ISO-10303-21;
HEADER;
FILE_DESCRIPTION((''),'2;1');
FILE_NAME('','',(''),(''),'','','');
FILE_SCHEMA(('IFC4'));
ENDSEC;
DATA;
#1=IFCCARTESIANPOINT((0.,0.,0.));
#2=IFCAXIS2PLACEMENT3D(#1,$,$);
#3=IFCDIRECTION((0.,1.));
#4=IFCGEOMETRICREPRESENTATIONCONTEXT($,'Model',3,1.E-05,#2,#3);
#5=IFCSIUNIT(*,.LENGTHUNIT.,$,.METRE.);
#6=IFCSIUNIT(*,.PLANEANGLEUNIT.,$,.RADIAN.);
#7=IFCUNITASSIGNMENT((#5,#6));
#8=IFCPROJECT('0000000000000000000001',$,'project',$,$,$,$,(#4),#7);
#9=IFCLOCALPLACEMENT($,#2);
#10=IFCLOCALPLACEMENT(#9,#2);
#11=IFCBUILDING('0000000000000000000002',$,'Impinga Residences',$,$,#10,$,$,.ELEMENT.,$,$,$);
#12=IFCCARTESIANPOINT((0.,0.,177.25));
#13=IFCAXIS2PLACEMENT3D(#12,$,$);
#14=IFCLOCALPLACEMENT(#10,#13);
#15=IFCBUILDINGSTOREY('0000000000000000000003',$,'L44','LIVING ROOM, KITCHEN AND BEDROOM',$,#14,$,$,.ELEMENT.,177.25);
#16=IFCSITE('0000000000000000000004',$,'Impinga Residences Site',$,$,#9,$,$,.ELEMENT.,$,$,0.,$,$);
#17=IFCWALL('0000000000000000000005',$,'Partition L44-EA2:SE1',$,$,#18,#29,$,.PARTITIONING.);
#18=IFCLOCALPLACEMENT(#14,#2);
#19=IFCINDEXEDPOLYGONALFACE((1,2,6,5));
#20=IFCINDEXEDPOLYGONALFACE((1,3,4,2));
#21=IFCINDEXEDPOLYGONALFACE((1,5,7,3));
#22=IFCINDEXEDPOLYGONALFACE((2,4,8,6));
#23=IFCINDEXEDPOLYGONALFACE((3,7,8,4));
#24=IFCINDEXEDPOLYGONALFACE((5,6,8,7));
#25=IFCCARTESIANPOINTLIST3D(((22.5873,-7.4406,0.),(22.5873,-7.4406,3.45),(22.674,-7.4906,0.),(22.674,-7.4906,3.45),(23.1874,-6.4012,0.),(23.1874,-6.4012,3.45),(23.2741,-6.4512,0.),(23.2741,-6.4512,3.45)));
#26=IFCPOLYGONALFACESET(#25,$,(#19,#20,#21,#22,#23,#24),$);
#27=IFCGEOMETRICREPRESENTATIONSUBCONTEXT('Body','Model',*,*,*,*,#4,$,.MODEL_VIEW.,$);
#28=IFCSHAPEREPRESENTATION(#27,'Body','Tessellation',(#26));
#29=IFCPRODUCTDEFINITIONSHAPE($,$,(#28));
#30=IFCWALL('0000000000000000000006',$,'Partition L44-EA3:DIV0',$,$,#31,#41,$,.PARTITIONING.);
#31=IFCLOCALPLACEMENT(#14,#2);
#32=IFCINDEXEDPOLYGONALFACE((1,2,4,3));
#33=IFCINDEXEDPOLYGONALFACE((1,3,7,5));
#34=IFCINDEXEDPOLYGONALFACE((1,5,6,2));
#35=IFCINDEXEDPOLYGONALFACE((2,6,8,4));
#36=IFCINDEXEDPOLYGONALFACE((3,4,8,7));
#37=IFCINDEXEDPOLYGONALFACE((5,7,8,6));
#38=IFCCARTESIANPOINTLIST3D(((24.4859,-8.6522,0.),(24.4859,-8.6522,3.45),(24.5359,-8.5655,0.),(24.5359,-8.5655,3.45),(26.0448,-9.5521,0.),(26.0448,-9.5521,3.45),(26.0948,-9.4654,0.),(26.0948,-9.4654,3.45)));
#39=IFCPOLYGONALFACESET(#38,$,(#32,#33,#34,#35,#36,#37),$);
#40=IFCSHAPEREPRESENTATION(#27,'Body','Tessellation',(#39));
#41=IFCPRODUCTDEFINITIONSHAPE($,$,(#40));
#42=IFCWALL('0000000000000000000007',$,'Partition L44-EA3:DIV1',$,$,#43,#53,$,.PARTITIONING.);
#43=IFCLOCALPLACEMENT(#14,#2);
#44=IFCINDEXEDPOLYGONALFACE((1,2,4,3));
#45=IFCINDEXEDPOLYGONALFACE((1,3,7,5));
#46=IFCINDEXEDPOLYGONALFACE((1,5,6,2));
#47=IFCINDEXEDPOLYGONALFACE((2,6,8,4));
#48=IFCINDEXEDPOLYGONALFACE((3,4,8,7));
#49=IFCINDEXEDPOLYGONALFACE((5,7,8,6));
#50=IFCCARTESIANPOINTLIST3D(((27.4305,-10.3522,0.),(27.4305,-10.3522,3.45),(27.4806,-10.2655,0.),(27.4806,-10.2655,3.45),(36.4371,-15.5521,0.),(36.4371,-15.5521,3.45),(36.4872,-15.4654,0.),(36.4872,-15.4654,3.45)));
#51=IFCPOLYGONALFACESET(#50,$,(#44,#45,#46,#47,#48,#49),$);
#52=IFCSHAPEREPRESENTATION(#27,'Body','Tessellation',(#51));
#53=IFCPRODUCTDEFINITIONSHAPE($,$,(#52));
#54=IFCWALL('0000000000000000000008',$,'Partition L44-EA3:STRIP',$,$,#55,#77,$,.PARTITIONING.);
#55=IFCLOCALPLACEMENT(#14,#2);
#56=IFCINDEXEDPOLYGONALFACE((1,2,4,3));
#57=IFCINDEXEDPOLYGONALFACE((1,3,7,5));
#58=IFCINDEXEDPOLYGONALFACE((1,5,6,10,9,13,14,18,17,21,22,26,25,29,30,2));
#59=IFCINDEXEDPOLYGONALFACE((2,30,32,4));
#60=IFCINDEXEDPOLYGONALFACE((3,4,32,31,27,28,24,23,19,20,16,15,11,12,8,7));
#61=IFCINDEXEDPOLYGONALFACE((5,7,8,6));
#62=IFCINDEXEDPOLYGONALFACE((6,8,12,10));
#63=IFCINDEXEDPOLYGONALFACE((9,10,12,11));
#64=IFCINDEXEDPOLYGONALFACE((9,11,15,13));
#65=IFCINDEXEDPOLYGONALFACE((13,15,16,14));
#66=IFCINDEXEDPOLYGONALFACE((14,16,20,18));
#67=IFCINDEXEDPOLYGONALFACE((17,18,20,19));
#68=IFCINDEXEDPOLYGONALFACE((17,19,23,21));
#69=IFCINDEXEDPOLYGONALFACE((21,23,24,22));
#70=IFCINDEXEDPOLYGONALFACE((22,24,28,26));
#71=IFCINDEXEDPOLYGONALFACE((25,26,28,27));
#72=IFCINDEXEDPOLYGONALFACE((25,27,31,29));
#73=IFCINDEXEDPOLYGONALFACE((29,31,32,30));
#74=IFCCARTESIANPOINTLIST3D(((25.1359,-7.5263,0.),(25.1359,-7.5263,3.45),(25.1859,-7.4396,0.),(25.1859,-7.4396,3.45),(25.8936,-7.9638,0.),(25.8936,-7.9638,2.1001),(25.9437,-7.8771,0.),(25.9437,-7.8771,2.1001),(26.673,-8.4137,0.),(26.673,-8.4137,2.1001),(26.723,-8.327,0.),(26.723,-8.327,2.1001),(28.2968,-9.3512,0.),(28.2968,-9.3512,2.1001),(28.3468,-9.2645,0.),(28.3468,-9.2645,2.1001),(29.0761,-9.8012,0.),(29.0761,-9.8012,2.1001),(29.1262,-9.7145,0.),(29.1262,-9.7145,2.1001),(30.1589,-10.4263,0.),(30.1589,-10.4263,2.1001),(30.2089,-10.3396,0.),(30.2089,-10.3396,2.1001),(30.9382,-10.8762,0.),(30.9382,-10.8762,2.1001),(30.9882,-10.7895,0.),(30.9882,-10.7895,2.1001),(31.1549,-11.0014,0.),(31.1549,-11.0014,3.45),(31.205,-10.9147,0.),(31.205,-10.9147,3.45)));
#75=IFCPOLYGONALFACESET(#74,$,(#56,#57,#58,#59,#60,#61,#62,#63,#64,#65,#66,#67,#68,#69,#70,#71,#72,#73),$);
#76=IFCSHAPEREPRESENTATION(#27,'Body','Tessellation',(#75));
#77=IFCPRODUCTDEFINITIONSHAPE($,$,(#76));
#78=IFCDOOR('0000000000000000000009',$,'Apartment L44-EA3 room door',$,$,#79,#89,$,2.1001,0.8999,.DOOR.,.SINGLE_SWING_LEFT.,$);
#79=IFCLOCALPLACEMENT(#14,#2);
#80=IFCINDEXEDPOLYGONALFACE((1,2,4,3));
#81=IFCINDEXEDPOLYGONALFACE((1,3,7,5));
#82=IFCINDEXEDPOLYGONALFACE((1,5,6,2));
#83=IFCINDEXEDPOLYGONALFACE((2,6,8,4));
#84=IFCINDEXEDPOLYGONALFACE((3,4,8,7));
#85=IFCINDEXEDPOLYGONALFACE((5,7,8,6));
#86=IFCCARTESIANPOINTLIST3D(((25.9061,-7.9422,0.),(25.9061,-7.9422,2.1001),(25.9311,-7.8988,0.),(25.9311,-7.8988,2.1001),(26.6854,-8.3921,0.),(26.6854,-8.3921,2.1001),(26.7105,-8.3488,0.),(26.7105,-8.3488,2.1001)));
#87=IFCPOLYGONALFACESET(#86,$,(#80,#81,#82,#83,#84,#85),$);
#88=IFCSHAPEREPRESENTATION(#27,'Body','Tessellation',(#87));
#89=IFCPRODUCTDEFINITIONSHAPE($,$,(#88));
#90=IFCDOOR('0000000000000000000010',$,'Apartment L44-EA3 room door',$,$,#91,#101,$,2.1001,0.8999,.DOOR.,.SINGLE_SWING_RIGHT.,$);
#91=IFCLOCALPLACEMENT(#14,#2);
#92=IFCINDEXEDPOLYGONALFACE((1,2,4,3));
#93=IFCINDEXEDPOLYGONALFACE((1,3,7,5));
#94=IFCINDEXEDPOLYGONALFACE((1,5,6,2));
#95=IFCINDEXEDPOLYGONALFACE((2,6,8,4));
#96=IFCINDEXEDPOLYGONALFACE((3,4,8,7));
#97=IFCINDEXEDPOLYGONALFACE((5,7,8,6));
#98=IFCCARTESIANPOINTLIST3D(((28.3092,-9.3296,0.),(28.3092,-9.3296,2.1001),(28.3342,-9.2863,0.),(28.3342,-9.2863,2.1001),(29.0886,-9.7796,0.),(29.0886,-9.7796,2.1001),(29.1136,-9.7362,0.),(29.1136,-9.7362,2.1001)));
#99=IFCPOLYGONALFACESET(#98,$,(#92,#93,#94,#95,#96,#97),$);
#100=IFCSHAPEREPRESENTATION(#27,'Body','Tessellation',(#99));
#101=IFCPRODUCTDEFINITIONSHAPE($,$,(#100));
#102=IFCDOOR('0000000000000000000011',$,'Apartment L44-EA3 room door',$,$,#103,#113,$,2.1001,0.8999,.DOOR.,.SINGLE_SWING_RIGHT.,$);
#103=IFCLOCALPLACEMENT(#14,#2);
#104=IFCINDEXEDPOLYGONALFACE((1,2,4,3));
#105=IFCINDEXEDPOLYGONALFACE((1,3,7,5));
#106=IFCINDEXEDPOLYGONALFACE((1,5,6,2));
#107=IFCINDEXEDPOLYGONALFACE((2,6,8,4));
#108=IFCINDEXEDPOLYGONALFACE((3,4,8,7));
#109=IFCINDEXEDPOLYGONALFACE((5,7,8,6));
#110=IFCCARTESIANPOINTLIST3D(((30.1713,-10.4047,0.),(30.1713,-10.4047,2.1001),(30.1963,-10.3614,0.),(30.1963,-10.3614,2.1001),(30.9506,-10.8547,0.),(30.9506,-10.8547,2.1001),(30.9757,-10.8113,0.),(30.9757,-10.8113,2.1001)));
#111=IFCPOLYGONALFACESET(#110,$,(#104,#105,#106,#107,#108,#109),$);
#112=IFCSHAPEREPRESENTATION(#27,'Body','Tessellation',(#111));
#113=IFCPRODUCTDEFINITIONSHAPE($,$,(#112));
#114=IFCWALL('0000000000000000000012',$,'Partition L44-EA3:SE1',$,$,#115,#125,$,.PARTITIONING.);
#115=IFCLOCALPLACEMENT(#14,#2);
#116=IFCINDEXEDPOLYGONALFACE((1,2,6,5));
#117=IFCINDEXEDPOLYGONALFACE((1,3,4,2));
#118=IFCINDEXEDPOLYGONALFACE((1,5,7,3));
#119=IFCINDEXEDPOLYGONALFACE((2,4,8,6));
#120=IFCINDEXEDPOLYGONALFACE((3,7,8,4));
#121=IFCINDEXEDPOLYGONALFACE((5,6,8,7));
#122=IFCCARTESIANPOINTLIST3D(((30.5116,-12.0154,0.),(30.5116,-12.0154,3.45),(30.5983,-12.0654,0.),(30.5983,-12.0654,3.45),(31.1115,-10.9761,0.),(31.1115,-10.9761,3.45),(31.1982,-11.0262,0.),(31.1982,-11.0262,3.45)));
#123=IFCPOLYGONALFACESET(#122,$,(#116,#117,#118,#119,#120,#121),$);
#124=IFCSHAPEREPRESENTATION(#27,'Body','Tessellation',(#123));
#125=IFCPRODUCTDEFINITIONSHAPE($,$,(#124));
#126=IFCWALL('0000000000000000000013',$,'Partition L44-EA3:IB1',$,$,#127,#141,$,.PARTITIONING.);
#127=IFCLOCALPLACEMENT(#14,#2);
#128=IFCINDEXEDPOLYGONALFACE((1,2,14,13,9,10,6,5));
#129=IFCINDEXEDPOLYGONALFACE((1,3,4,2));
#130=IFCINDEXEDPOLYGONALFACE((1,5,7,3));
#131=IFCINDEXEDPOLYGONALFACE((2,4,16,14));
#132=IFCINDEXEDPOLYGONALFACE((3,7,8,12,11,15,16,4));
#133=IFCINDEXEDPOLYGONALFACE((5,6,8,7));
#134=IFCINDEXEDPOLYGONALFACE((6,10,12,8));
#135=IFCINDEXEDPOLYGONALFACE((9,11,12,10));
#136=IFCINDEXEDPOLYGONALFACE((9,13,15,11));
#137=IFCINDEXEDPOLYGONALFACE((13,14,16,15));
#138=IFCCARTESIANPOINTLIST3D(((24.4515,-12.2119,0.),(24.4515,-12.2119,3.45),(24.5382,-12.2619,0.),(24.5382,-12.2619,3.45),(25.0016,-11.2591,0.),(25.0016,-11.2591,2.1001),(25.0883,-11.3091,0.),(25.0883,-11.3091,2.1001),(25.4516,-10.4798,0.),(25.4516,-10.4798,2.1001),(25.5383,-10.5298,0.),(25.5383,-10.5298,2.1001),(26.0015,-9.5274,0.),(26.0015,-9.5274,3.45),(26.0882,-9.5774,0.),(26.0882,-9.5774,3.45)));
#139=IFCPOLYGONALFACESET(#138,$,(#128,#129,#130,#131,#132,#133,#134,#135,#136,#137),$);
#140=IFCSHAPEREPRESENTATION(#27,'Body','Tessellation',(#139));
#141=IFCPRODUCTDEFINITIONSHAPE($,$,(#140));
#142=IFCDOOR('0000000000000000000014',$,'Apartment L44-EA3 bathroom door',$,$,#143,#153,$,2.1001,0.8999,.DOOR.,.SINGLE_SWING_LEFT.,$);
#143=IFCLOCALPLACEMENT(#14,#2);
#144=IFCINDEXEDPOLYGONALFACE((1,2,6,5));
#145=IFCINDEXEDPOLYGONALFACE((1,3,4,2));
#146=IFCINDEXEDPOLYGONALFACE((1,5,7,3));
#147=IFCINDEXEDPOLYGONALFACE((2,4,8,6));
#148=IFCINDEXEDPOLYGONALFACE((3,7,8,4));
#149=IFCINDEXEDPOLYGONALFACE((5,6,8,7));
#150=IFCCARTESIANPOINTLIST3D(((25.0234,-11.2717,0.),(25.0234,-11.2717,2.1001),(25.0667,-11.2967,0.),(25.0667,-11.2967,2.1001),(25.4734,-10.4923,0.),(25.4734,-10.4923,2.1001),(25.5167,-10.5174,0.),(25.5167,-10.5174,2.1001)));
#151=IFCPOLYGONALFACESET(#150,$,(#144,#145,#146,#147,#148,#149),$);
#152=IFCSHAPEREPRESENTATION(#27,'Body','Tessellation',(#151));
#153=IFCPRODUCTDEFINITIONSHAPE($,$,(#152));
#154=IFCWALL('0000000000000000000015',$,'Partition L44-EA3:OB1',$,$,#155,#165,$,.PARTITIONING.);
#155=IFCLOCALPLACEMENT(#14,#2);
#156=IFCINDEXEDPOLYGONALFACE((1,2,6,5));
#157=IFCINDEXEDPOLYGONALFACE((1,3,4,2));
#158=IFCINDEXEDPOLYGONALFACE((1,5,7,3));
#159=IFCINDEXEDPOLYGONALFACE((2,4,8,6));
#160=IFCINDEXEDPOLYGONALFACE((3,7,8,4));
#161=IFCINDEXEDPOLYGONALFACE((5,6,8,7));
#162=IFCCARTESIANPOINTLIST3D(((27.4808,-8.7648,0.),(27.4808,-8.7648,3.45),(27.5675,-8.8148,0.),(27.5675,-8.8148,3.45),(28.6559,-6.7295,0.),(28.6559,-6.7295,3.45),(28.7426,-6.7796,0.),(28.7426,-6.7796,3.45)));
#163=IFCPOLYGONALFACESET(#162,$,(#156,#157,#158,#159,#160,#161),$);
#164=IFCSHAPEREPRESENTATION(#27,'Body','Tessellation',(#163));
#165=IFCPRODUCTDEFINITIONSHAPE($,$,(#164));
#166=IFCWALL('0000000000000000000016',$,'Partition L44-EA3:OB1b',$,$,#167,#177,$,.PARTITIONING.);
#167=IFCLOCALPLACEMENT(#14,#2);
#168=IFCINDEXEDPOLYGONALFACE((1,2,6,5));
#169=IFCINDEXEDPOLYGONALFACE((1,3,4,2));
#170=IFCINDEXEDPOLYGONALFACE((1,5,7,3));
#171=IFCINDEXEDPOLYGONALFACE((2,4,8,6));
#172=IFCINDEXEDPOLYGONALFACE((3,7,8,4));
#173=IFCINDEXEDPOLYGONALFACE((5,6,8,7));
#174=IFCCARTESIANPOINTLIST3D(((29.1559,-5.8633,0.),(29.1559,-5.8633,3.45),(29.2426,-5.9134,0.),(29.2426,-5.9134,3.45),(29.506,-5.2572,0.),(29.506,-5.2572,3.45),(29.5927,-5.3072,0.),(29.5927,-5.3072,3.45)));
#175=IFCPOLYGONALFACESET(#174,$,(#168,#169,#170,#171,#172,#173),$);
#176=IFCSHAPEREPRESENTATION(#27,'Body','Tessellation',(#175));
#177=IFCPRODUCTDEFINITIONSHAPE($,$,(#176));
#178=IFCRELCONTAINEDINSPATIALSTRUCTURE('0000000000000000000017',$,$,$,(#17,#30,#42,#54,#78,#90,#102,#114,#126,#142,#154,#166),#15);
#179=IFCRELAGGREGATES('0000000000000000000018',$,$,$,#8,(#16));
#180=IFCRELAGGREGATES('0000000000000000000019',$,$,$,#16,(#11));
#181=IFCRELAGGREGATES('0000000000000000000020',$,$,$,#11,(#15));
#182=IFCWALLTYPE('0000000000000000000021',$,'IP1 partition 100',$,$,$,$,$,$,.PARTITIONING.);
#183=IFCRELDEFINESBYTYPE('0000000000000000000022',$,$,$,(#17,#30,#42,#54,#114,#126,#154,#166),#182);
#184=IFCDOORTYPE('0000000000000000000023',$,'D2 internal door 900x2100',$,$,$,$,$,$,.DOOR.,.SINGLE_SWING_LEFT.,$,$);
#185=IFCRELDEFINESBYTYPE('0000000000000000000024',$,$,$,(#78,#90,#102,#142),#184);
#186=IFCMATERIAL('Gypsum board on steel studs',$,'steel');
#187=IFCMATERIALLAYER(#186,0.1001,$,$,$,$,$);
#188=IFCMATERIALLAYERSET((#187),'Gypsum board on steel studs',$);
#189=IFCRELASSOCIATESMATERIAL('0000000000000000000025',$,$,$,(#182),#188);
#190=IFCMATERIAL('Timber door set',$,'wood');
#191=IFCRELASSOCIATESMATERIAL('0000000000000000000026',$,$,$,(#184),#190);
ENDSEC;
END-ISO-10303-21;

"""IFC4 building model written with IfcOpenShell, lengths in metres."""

from ifc_helpers import new_model, si_unit, direction, frame, frame_2d, origin, place, context, subcontext, project, spatial, rectangle, extrude, material, layer, layer_set, type_object, element, fill, save


model = new_model("IFC4")

# Units and contexts
model_context = context("Model", 3, precision=1e-05, world=origin(), true_north=direction((0.0, 1.0)))
body_context = subcontext(model_context, "Body", "Model", "MODEL_VIEW")
ifc_project = project(units=[si_unit("LENGTHUNIT", "METRE"), si_unit("PLANEANGLEUNIT", "RADIAN")], contexts=[model_context])

# Site, building, storey
site_placement = place(None, origin())
site = spatial("IfcSite", under=ifc_project, at=site_placement, Name="Impinga Residences Site", CompositionType="ELEMENT", RefElevation=0.0)
building_placement = place(site_placement, origin())
building = spatial("IfcBuilding", under=site, at=building_placement, Name="Impinga Residences", CompositionType="ELEMENT")
storey_placement = place(building_placement, frame((0.0, 0.0, 177.25)))
storey = spatial("IfcBuildingStorey", under=building, at=storey_placement, Name="L44", Description="LIVING ROOM, KITCHEN AND BEDROOM", CompositionType="ELEMENT", Elevation=177.25)

# Shared definitions
ifc_material_1 = material(Name="Timber door set", Category="wood")

# Shared definitions
ifc_material_2 = material(Name="Gypsum board on steel studs", Category="steel")
ifc_layer_1 = layer(ifc_material_2, 0.1001)
ifc_layer_set_1 = layer_set([ifc_layer_1], Name="Gypsum board on steel studs")
wall_type_1 = type_object("IfcWallType", Name="IP1 partition 100", PredefinedType="PARTITIONING", material=ifc_layer_set_1)

# Shared definitions
door_type_1 = type_object("IfcDoorType", Name="D2 internal door 900x2100", OperationType="SINGLE_SWING_LEFT", PredefinedType="DOOR", material=ifc_material_1)

# Walls
wall_1_placement = place(storey_placement, frame((22.6306, -7.4656, 0.0), z_axis=(0.0, 0.0, 1.0), x_axis=(0.500034, 0.866006, 0.0)))
element("IfcWall", 1, at=wall_1_placement, inside=storey, type_object=wall_type_1, Name="Partition L44-EA2:SE1", PredefinedType="PARTITIONING", context=body_context, shape_type="SweptSolid", body=[
    extrude(rectangle(XDim=1.2002, YDim=0.1001, at=frame_2d((0.6001, 0.0))), origin(), (0.0, 0.0, 1.0), 3.45),
])
wall_2_placement = place(storey_placement, frame((24.511, -8.6089, 0.0), z_axis=(0.0, 0.0, 1.0), x_axis=(0.866048, -0.499961, 0.0)))
element("IfcWall", 2, at=wall_2_placement, inside=storey, type_object=wall_type_1, Name="Partition L44-EA3:DIV0", PredefinedType="PARTITIONING", context=body_context, shape_type="SweptSolid", body=[
    extrude(rectangle(XDim=1.8, YDim=0.1001, at=frame_2d((0.8999, 0.0))), origin(), (0.0, 0.0, 1.0), 3.45),
])
wall_3_placement = place(storey_placement, frame((27.4556, -10.3088, 0.0), z_axis=(0.0, 0.0, 1.0), x_axis=(0.866026, -0.499999, 0.0)))
element("IfcWall", 3, at=wall_3_placement, inside=storey, type_object=wall_type_1, Name="Partition L44-EA3:DIV1", PredefinedType="PARTITIONING", context=body_context, shape_type="SweptSolid", body=[
    extrude(rectangle(XDim=10.3999, YDim=0.1001, at=frame_2d((5.2, 0.0))), origin(), (0.0, 0.0, 1.0), 3.45),
])

# Wall, openings, doors
wall_4_placement = place(storey_placement, frame((25.1609, -7.4829, 0.0), z_axis=(0.0, 0.0, 1.0), x_axis=(0.866025, -0.5, 0.0)))
wall_4 = element("IfcWall", 4, at=wall_4_placement, inside=storey, type_object=wall_type_1, Name="Partition L44-EA3:STRIP", PredefinedType="PARTITIONING", context=body_context, shape_type="SweptSolid", body=[
    extrude(rectangle(XDim=6.9502, YDim=0.1001, at=frame_2d((3.4751, 0.0))), origin(), (0.0, 0.0, 1.0), 3.45),
])
opening_1_placement = place(wall_4_placement, frame((0.875, 0.0, 0.0)))
opening_1 = element("IfcOpeningElement", 5, at=opening_1_placement, cuts=wall_4, PredefinedType="OPENING", context=body_context, shape_type="SweptSolid", body=[
    extrude(rectangle(XDim=0.8999, YDim=2.1001, at=frame_2d((0.45, 1.05))), frame((0.0, 0.0601, 0.0), z_axis=(0.0, -1.0, 0.0), x_axis=(1.0, 0.0, 0.0)), (0.0, 0.0, 1.0), 0.1201),
])
opening_2_placement = place(wall_4_placement, frame((3.6499, 0.0, 0.0)))
opening_2 = element("IfcOpeningElement", 6, at=opening_2_placement, cuts=wall_4, PredefinedType="OPENING", context=body_context, shape_type="SweptSolid", body=[
    extrude(rectangle(XDim=0.8999, YDim=2.1001, at=frame_2d((0.45, 1.05))), frame((0.0, 0.0601, 0.0), z_axis=(0.0, -1.0, 0.0), x_axis=(1.0, 0.0, 0.0)), (0.0, 0.0, 1.0), 0.1201),
])
opening_3_placement = place(wall_4_placement, frame((5.8, 0.0, 0.0)))
opening_3 = element("IfcOpeningElement", 7, at=opening_3_placement, cuts=wall_4, PredefinedType="OPENING", context=body_context, shape_type="SweptSolid", body=[
    extrude(rectangle(XDim=0.8999, YDim=2.1001, at=frame_2d((0.45, 1.05))), frame((0.0, 0.0601, 0.0), z_axis=(0.0, -1.0, 0.0), x_axis=(1.0, 0.0, 0.0)), (0.0, 0.0, 1.0), 0.1201),
])
door_1_placement = place(opening_1_placement, origin())
door_1 = element("IfcDoor", 8, at=door_1_placement, inside=storey, type_object=door_type_1, Name="Apartment L44-EA3 room door", OperationType="SINGLE_SWING_LEFT", OverallHeight=2.1001, OverallWidth=0.8999, PredefinedType="DOOR", context=body_context, shape_type="SweptSolid", body=[
    extrude(rectangle(XDim=0.8999, YDim=2.1001, at=frame_2d((0.45, 1.05))), frame((0.0, 0.0249, 0.0), z_axis=(0.0, -1.0, 0.0), x_axis=(1.0, 0.0, 0.0)), (0.0, 0.0, 1.0), 0.05),
])
fill(opening_1, door_1)
door_2_placement = place(opening_2_placement, origin())
door_2 = element("IfcDoor", 9, at=door_2_placement, inside=storey, type_object=door_type_1, Name="Apartment L44-EA3 room door", OperationType="SINGLE_SWING_RIGHT", OverallHeight=2.1001, OverallWidth=0.8999, PredefinedType="DOOR", context=body_context, shape_type="SweptSolid", body=[
    extrude(rectangle(XDim=0.8999, YDim=2.1001, at=frame_2d((0.45, 1.05))), frame((0.0, 0.0249, 0.0), z_axis=(0.0, -1.0, 0.0), x_axis=(1.0, 0.0, 0.0)), (0.0, 0.0, 1.0), 0.05),
])
fill(opening_2, door_2)
door_3_placement = place(opening_3_placement, origin())
door_3 = element("IfcDoor", 10, at=door_3_placement, inside=storey, type_object=door_type_1, Name="Apartment L44-EA3 room door", OperationType="SINGLE_SWING_RIGHT", OverallHeight=2.1001, OverallWidth=0.8999, PredefinedType="DOOR", context=body_context, shape_type="SweptSolid", body=[
    extrude(rectangle(XDim=0.8999, YDim=2.1001, at=frame_2d((0.45, 1.05))), frame((0.0, 0.0249, 0.0), z_axis=(0.0, -1.0, 0.0), x_axis=(1.0, 0.0, 0.0)), (0.0, 0.0, 1.0), 0.05),
])
fill(opening_3, door_3)

# Wall
wall_5_placement = place(storey_placement, frame((30.5549, -12.0405, 0.0), z_axis=(0.0, 0.0, 1.0), x_axis=(0.499881, 0.866094, 0.0)))
element("IfcWall", 11, at=wall_5_placement, inside=storey, type_object=wall_type_1, Name="Partition L44-EA3:SE1", PredefinedType="PARTITIONING", context=body_context, shape_type="SweptSolid", body=[
    extrude(rectangle(XDim=1.2, YDim=0.1001, at=frame_2d((0.6001, 0.0))), origin(), (0.0, 0.0, 1.0), 3.45),
])

# Wall, opening, door
wall_6_placement = place(storey_placement, frame((24.4949, -12.2368, 0.0), z_axis=(0.0, 0.0, 1.0), x_axis=(0.500027, 0.86601, 0.0)))
wall_6 = element("IfcWall", 12, at=wall_6_placement, inside=storey, type_object=wall_type_1, Name="Partition L44-EA3:IB1", PredefinedType="PARTITIONING", context=body_context, shape_type="SweptSolid", body=[
    extrude(rectangle(XDim=3.0999, YDim=0.1001, at=frame_2d((1.5498, 0.0))), origin(), (0.0, 0.0, 1.0), 3.45),
])
opening_4_placement = place(wall_6_placement, frame((1.1001, 0.0, 0.0)))
opening_4 = element("IfcOpeningElement", 13, at=opening_4_placement, cuts=wall_6, PredefinedType="OPENING", context=body_context, shape_type="SweptSolid", body=[
    extrude(rectangle(XDim=0.8999, YDim=2.1001, at=frame_2d((0.45, 1.05))), frame((0.0, 0.0601, 0.0), z_axis=(0.0, -1.0, 0.0), x_axis=(1.0, 0.0, 0.0)), (0.0, 0.0, 1.0), 0.1201),
])
door_4_placement = place(opening_4_placement, origin())
door_4 = element("IfcDoor", 14, at=door_4_placement, inside=storey, type_object=door_type_1, Name="Apartment L44-EA3 bathroom door", OperationType="SINGLE_SWING_LEFT", OverallHeight=2.1001, OverallWidth=0.8999, PredefinedType="DOOR", context=body_context, shape_type="SweptSolid", body=[
    extrude(rectangle(XDim=0.8999, YDim=2.1001, at=frame_2d((0.45, 1.05))), frame((0.0, 0.0249, 0.0), z_axis=(0.0, -1.0, 0.0), x_axis=(1.0, 0.0, 0.0)), (0.0, 0.0, 1.0), 0.05),
])
fill(opening_4, door_4)

# Walls
wall_7_placement = place(storey_placement, frame((27.5242, -8.7898, 0.0), z_axis=(0.0, 0.0, 1.0), x_axis=(0.500016, 0.866016, 0.0)))
element("IfcWall", 15, at=wall_7_placement, inside=storey, type_object=wall_type_1, Name="Partition L44-EA3:OB1", PredefinedType="PARTITIONING", context=body_context, shape_type="SweptSolid", body=[
    extrude(rectangle(XDim=2.3501, YDim=0.1001, at=frame_2d((1.175, 0.0))), origin(), (0.0, 0.0, 1.0), 3.45),
])
wall_8_placement = place(storey_placement, frame((29.1992, -5.8884, 0.0), z_axis=(0.0, 0.0, 1.0), x_axis=(0.500115, 0.865959, 0.0)))
element("IfcWall", 16, at=wall_8_placement, inside=storey, type_object=wall_type_1, Name="Partition L44-EA3:OB1b", PredefinedType="PARTITIONING", context=body_context, shape_type="SweptSolid", body=[
    extrude(rectangle(XDim=0.7, YDim=0.1001, at=frame_2d((0.3501, 0.0))), origin(), (0.0, 0.0, 1.0), 3.45),
])

save(model, "model.ifc")
